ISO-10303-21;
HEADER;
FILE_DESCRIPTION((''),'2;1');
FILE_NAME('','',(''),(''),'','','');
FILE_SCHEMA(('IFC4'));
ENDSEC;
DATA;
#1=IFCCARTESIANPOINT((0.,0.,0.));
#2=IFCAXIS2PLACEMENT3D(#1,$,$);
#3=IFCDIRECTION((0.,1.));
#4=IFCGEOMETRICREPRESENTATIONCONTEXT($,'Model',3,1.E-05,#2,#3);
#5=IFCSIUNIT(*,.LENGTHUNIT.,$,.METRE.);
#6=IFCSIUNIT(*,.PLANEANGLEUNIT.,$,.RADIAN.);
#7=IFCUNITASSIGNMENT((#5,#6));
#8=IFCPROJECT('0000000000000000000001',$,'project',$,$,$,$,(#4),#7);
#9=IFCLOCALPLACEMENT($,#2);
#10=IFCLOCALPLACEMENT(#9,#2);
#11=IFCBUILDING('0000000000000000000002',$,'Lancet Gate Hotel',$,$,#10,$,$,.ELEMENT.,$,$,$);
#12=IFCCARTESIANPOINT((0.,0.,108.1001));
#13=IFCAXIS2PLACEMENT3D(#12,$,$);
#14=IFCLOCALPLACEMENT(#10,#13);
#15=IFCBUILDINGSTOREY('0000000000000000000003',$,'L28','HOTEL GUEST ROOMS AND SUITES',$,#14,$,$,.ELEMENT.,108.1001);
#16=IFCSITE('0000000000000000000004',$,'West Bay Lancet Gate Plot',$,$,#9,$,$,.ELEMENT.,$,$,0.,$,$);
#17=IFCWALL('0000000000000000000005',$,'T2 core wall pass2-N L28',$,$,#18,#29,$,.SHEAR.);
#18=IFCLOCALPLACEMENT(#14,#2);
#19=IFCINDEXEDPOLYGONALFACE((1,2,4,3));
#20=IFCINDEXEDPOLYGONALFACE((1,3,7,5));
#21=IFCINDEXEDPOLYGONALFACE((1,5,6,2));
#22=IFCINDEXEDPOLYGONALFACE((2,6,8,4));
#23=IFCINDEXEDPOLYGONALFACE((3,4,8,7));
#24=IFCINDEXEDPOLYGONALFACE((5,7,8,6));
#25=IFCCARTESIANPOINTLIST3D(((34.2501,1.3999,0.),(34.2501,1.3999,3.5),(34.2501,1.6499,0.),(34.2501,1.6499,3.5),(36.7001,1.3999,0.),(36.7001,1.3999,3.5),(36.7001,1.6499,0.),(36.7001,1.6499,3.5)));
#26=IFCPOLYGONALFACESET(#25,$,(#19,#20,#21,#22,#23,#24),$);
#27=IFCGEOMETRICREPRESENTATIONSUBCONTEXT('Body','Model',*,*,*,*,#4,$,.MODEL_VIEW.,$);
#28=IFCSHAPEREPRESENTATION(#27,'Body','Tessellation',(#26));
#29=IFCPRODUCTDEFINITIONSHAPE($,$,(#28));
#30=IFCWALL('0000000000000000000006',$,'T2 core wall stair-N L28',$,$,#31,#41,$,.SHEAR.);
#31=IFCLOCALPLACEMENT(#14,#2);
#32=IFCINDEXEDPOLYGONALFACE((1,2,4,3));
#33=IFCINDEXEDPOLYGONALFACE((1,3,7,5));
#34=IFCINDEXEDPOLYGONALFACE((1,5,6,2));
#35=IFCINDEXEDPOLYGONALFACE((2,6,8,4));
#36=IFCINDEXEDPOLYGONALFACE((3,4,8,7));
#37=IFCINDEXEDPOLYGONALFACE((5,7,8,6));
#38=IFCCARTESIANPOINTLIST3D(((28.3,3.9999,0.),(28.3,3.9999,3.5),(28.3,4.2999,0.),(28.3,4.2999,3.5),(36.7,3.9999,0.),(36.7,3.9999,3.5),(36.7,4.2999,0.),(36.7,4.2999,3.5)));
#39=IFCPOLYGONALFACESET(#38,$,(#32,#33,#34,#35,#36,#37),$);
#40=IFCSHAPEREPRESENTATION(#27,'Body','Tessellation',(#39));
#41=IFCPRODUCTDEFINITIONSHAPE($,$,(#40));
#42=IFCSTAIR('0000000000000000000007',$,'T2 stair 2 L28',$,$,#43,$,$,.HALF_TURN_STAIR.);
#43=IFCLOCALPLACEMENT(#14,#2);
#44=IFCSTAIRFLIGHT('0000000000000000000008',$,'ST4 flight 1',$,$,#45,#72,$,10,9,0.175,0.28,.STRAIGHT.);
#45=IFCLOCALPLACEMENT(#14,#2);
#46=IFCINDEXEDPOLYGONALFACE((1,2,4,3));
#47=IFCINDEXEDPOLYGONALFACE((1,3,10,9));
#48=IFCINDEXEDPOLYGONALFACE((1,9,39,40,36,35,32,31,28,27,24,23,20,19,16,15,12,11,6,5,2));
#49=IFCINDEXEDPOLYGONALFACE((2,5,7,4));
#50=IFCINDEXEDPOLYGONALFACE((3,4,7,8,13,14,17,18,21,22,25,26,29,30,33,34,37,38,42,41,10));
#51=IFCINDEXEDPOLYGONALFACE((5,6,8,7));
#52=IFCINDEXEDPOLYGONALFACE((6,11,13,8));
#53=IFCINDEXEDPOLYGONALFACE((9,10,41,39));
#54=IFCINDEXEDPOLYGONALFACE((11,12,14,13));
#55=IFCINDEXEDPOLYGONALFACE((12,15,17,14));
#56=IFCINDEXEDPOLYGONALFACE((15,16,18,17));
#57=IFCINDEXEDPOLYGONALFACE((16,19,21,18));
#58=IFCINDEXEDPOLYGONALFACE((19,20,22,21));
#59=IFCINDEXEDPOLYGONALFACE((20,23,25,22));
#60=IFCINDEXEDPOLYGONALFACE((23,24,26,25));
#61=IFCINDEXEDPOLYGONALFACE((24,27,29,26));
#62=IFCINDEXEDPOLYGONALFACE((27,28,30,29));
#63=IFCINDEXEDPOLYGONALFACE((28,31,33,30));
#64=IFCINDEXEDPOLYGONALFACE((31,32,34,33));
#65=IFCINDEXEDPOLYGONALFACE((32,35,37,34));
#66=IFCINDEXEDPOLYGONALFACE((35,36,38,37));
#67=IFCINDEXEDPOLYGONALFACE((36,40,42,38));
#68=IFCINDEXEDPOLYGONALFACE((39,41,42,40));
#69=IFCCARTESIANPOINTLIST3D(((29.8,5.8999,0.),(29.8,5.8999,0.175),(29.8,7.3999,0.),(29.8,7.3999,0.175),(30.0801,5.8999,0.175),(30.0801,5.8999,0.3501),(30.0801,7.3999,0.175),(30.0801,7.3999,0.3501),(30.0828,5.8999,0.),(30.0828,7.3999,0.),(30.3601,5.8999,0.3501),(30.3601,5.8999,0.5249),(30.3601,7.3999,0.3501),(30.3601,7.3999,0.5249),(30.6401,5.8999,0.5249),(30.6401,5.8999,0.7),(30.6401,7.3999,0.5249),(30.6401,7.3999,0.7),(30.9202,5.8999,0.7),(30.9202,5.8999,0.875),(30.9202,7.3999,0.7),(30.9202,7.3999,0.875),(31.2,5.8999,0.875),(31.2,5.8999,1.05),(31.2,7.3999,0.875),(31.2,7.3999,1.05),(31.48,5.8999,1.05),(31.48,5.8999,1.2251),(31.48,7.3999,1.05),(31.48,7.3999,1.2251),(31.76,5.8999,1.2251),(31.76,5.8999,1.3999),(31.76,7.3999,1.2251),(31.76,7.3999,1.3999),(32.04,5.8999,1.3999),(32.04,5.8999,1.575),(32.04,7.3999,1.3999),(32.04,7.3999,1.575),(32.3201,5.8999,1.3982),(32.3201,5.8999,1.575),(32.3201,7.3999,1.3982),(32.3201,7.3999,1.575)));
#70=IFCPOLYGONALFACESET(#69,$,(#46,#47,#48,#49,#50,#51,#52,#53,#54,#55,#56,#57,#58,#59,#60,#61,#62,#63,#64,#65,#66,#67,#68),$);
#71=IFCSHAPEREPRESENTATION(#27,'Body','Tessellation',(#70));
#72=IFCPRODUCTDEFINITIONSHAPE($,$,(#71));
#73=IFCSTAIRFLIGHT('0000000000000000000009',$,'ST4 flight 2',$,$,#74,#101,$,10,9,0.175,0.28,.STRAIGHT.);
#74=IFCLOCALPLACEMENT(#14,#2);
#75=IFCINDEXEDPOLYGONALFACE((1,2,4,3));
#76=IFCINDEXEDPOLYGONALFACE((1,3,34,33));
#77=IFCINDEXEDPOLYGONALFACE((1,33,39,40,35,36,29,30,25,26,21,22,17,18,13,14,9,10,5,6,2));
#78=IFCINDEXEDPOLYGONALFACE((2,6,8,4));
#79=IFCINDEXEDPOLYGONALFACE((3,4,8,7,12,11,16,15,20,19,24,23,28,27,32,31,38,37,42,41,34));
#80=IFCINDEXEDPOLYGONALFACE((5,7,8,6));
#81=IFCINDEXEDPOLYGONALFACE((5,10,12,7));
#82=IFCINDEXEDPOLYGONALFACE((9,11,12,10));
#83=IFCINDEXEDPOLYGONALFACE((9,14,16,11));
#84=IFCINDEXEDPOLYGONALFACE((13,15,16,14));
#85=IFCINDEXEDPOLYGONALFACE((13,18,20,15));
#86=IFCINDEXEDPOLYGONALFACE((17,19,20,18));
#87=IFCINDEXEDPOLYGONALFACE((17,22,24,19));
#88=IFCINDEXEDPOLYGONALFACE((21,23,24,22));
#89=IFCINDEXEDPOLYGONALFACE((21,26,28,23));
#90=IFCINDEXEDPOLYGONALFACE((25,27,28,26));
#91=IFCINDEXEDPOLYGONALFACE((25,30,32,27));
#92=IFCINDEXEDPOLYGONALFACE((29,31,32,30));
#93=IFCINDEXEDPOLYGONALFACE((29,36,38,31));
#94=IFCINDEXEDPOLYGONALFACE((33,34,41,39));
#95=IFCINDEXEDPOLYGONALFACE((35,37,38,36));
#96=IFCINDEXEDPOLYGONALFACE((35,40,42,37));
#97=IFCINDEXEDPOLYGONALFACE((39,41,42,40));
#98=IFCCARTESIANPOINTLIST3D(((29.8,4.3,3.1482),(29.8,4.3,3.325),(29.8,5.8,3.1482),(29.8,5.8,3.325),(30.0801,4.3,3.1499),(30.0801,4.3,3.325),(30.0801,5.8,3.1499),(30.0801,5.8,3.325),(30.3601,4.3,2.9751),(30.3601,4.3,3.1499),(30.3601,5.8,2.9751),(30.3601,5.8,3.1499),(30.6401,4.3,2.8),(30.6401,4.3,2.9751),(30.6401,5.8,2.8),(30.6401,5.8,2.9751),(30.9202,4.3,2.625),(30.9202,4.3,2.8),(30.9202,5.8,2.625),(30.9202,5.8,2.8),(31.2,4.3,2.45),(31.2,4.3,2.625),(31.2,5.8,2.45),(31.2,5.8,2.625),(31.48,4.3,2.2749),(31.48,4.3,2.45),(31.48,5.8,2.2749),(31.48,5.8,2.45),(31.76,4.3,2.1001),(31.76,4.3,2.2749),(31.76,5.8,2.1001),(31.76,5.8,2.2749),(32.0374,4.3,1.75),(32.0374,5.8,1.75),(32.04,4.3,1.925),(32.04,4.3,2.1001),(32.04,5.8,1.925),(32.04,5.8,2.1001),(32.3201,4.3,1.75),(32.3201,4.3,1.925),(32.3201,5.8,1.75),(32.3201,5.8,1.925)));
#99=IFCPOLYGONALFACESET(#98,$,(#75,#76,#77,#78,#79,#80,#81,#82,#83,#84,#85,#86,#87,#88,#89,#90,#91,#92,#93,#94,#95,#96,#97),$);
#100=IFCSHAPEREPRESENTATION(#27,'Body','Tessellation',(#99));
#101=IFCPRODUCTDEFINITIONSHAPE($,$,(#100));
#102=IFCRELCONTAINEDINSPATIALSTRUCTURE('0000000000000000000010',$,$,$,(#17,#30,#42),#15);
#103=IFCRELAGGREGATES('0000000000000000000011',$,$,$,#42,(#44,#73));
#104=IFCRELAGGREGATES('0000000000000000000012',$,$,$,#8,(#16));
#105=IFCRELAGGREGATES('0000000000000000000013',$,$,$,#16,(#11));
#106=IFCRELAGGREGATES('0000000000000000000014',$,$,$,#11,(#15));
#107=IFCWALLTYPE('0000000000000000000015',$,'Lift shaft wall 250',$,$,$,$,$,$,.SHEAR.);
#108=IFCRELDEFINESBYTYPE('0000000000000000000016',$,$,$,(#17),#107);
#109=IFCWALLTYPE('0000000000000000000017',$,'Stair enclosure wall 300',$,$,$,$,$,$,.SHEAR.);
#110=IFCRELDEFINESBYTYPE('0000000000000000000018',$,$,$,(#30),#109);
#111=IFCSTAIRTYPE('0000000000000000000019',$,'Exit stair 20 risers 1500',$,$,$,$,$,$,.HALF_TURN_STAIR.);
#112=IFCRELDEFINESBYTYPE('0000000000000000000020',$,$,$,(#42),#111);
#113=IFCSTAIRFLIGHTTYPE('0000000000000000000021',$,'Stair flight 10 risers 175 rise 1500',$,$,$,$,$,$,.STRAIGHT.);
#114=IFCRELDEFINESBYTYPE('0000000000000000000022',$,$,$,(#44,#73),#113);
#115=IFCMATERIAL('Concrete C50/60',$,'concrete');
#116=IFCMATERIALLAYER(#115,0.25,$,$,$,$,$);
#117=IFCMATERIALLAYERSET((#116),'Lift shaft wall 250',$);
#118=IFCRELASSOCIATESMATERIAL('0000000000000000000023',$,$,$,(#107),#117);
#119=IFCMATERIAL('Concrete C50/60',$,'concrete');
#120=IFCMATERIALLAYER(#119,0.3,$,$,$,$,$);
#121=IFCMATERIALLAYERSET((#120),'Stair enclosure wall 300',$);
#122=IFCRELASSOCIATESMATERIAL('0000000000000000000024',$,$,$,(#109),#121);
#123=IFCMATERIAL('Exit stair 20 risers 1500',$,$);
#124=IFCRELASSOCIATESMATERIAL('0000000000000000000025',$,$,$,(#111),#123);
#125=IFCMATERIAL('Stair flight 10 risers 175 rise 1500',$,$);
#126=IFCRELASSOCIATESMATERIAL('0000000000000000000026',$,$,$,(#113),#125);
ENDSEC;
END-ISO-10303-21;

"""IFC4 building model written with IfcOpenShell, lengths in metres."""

from ifc_helpers import new_model, si_unit, direction, frame, frame_2d, origin, place, context, subcontext, project, spatial, polyline, rectangle, outline, extrude, material, layer, layer_set, type_object, element, aggregate, save


model = new_model("IFC4")

# Units and contexts
model_context = context("Model", 3, precision=1e-05, world=origin(), true_north=direction((0.0, 1.0)))
body_context = subcontext(model_context, "Body", "Model", "MODEL_VIEW")
ifc_project = project(units=[si_unit("LENGTHUNIT", "METRE"), si_unit("PLANEANGLEUNIT", "RADIAN")], contexts=[model_context])

# Site, building, storey
site_placement = place(None, origin())
site = spatial("IfcSite", under=ifc_project, at=site_placement, Name="West Bay Lancet Gate Plot", CompositionType="ELEMENT", RefElevation=0.0)
building_placement = place(site_placement, origin())
building = spatial("IfcBuilding", under=site, at=building_placement, Name="Lancet Gate Hotel", CompositionType="ELEMENT")
storey_placement = place(building_placement, frame((0.0, 0.0, 108.1001)))
storey = spatial("IfcBuildingStorey", under=building, at=storey_placement, Name="L28", Description="HOTEL GUEST ROOMS AND SUITES", CompositionType="ELEMENT", Elevation=108.1001)

# Shared definitions
ifc_material_1 = material(Name="Concrete C50/60", Category="concrete")
ifc_layer_1 = layer(ifc_material_1, 0.25)
ifc_layer_set_1 = layer_set([ifc_layer_1], Name="Lift shaft wall 250")
wall_type_1 = type_object("IfcWallType", Name="Lift shaft wall 250", PredefinedType="SHEAR", material=ifc_layer_set_1)

# Walls
wall_1_placement = place(storey_placement, frame((34.25, 1.5249, 0.0), z_axis=(0.0, 0.0, 1.0), x_axis=(1.0, 0.0, 0.0)))
element("IfcWall", 1, at=wall_1_placement, inside=storey, type_object=wall_type_1, Name="T2 core wall pass2-N L28", PredefinedType="SHEAR", context=body_context, shape_type="SweptSolid", body=[
    extrude(rectangle(XDim=2.45, YDim=0.25, at=frame_2d((1.2251, 0.0))), origin(), (0.0, 0.0, 1.0), 3.5),
])
ifc_material_2 = material(Name="Concrete C50/60", Category="concrete")
ifc_layer_2 = layer(ifc_material_2, 0.3)
ifc_layer_set_2 = layer_set([ifc_layer_2], Name="Stair enclosure wall 300")
wall_type_2 = type_object("IfcWallType", Name="Stair enclosure wall 300", PredefinedType="SHEAR", material=ifc_layer_set_2)
wall_2_placement = place(storey_placement, frame((28.3, 4.1499, 0.0), z_axis=(0.0, 0.0, 1.0), x_axis=(1.0, 0.0, 0.0)))
element("IfcWall", 2, at=wall_2_placement, inside=storey, type_object=wall_type_2, Name="T2 core wall stair-N L28", PredefinedType="SHEAR", context=body_context, shape_type="SweptSolid", body=[
    extrude(rectangle(XDim=8.3999, YDim=0.3, at=frame_2d((4.2, 0.0))), origin(), (0.0, 0.0, 1.0), 3.5),
])

# Stair, stair flights
ifc_material_3 = material(Name="Exit stair 20 risers 1500")
stair_type = type_object("IfcStairType", Name="Exit stair 20 risers 1500", PredefinedType="HALF_TURN_STAIR", material=ifc_material_3)
stair_placement = place(storey_placement, origin())
stair = element("IfcStair", 3, at=stair_placement, inside=storey, type_object=stair_type, Name="T2 stair 2 L28", PredefinedType="HALF_TURN_STAIR")
ifc_material_4 = material(Name="Stair flight 10 risers 175 rise 1500")
stair_flight_type = type_object("IfcStairFlightType", Name="Stair flight 10 risers 175 rise 1500", PredefinedType="STRAIGHT", material=ifc_material_4)
stair_flight_1_placement = place(storey_placement, frame((29.8, 6.6499, 0.0), z_axis=(0.0, 0.0, 1.0), x_axis=(1.0, 0.0, 0.0)))
stair_flight_1 = element("IfcStairFlight", 4, at=stair_flight_1_placement, type_object=stair_flight_type, Name="ST4 flight 1", NumberOfRisers=10, NumberOfTreads=9, PredefinedType="STRAIGHT", RiserHeight=0.175, TreadLength=0.28, context=body_context, shape_type="SweptSolid", body=[
    extrude(outline(polyline([(0.0, 0.0), (0.0, 0.175), (0.28, 0.175), (0.28, 0.3501), (0.5601, 0.3501), (0.5601, 0.5249), (0.8401, 0.5249), (0.8401, 0.7), (1.1201, 0.7), (1.1201, 0.875), (1.3999, 0.875), (1.3999, 1.05), (1.6799, 1.05), (1.6799, 1.2251), (1.96, 1.2251), (1.96, 1.3999), (2.24, 1.3999), (2.24, 1.575), (2.52, 1.575), (2.52, 1.75), (2.52, 1.3982), (0.2827, 0.0), (0.0, 0.0)])), frame((0.0, 0.75, 0.0), z_axis=(0.0, -1.0, 0.0), x_axis=(1.0, 0.0, 0.0)), (0.0, 0.0, 1.0), 1.5),
])
stair_flight_2_placement = place(storey_placement, frame((32.3201, 5.05, 1.75), z_axis=(0.0, 0.0, 1.0), x_axis=(-1.0, 0.0, 0.0)))
stair_flight_2 = element("IfcStairFlight", 5, at=stair_flight_2_placement, type_object=stair_flight_type, Name="ST4 flight 2", NumberOfRisers=10, NumberOfTreads=9, PredefinedType="STRAIGHT", RiserHeight=0.175, TreadLength=0.28, context=body_context, shape_type="SweptSolid", body=[
    extrude(outline(polyline([(0.0, 0.0), (0.0, 0.175), (0.28, 0.175), (0.28, 0.3501), (0.5601, 0.3501), (0.5601, 0.5249), (0.8401, 0.5249), (0.8401, 0.7), (1.1201, 0.7), (1.1201, 0.875), (1.3999, 0.875), (1.3999, 1.05), (1.6799, 1.05), (1.6799, 1.2251), (1.96, 1.2251), (1.96, 1.3999), (2.24, 1.3999), (2.24, 1.575), (2.52, 1.575), (2.52, 1.75), (2.52, 1.3982), (0.2827, 0.0), (0.0, 0.0)])), frame((0.0, 0.75, 0.0), z_axis=(0.0, -1.0, 0.0), x_axis=(1.0, 0.0, 0.0)), (0.0, 0.0, 1.0), 1.5),
])
aggregate(stair, [stair_flight_1, stair_flight_2])

save(model, "model.ifc")
